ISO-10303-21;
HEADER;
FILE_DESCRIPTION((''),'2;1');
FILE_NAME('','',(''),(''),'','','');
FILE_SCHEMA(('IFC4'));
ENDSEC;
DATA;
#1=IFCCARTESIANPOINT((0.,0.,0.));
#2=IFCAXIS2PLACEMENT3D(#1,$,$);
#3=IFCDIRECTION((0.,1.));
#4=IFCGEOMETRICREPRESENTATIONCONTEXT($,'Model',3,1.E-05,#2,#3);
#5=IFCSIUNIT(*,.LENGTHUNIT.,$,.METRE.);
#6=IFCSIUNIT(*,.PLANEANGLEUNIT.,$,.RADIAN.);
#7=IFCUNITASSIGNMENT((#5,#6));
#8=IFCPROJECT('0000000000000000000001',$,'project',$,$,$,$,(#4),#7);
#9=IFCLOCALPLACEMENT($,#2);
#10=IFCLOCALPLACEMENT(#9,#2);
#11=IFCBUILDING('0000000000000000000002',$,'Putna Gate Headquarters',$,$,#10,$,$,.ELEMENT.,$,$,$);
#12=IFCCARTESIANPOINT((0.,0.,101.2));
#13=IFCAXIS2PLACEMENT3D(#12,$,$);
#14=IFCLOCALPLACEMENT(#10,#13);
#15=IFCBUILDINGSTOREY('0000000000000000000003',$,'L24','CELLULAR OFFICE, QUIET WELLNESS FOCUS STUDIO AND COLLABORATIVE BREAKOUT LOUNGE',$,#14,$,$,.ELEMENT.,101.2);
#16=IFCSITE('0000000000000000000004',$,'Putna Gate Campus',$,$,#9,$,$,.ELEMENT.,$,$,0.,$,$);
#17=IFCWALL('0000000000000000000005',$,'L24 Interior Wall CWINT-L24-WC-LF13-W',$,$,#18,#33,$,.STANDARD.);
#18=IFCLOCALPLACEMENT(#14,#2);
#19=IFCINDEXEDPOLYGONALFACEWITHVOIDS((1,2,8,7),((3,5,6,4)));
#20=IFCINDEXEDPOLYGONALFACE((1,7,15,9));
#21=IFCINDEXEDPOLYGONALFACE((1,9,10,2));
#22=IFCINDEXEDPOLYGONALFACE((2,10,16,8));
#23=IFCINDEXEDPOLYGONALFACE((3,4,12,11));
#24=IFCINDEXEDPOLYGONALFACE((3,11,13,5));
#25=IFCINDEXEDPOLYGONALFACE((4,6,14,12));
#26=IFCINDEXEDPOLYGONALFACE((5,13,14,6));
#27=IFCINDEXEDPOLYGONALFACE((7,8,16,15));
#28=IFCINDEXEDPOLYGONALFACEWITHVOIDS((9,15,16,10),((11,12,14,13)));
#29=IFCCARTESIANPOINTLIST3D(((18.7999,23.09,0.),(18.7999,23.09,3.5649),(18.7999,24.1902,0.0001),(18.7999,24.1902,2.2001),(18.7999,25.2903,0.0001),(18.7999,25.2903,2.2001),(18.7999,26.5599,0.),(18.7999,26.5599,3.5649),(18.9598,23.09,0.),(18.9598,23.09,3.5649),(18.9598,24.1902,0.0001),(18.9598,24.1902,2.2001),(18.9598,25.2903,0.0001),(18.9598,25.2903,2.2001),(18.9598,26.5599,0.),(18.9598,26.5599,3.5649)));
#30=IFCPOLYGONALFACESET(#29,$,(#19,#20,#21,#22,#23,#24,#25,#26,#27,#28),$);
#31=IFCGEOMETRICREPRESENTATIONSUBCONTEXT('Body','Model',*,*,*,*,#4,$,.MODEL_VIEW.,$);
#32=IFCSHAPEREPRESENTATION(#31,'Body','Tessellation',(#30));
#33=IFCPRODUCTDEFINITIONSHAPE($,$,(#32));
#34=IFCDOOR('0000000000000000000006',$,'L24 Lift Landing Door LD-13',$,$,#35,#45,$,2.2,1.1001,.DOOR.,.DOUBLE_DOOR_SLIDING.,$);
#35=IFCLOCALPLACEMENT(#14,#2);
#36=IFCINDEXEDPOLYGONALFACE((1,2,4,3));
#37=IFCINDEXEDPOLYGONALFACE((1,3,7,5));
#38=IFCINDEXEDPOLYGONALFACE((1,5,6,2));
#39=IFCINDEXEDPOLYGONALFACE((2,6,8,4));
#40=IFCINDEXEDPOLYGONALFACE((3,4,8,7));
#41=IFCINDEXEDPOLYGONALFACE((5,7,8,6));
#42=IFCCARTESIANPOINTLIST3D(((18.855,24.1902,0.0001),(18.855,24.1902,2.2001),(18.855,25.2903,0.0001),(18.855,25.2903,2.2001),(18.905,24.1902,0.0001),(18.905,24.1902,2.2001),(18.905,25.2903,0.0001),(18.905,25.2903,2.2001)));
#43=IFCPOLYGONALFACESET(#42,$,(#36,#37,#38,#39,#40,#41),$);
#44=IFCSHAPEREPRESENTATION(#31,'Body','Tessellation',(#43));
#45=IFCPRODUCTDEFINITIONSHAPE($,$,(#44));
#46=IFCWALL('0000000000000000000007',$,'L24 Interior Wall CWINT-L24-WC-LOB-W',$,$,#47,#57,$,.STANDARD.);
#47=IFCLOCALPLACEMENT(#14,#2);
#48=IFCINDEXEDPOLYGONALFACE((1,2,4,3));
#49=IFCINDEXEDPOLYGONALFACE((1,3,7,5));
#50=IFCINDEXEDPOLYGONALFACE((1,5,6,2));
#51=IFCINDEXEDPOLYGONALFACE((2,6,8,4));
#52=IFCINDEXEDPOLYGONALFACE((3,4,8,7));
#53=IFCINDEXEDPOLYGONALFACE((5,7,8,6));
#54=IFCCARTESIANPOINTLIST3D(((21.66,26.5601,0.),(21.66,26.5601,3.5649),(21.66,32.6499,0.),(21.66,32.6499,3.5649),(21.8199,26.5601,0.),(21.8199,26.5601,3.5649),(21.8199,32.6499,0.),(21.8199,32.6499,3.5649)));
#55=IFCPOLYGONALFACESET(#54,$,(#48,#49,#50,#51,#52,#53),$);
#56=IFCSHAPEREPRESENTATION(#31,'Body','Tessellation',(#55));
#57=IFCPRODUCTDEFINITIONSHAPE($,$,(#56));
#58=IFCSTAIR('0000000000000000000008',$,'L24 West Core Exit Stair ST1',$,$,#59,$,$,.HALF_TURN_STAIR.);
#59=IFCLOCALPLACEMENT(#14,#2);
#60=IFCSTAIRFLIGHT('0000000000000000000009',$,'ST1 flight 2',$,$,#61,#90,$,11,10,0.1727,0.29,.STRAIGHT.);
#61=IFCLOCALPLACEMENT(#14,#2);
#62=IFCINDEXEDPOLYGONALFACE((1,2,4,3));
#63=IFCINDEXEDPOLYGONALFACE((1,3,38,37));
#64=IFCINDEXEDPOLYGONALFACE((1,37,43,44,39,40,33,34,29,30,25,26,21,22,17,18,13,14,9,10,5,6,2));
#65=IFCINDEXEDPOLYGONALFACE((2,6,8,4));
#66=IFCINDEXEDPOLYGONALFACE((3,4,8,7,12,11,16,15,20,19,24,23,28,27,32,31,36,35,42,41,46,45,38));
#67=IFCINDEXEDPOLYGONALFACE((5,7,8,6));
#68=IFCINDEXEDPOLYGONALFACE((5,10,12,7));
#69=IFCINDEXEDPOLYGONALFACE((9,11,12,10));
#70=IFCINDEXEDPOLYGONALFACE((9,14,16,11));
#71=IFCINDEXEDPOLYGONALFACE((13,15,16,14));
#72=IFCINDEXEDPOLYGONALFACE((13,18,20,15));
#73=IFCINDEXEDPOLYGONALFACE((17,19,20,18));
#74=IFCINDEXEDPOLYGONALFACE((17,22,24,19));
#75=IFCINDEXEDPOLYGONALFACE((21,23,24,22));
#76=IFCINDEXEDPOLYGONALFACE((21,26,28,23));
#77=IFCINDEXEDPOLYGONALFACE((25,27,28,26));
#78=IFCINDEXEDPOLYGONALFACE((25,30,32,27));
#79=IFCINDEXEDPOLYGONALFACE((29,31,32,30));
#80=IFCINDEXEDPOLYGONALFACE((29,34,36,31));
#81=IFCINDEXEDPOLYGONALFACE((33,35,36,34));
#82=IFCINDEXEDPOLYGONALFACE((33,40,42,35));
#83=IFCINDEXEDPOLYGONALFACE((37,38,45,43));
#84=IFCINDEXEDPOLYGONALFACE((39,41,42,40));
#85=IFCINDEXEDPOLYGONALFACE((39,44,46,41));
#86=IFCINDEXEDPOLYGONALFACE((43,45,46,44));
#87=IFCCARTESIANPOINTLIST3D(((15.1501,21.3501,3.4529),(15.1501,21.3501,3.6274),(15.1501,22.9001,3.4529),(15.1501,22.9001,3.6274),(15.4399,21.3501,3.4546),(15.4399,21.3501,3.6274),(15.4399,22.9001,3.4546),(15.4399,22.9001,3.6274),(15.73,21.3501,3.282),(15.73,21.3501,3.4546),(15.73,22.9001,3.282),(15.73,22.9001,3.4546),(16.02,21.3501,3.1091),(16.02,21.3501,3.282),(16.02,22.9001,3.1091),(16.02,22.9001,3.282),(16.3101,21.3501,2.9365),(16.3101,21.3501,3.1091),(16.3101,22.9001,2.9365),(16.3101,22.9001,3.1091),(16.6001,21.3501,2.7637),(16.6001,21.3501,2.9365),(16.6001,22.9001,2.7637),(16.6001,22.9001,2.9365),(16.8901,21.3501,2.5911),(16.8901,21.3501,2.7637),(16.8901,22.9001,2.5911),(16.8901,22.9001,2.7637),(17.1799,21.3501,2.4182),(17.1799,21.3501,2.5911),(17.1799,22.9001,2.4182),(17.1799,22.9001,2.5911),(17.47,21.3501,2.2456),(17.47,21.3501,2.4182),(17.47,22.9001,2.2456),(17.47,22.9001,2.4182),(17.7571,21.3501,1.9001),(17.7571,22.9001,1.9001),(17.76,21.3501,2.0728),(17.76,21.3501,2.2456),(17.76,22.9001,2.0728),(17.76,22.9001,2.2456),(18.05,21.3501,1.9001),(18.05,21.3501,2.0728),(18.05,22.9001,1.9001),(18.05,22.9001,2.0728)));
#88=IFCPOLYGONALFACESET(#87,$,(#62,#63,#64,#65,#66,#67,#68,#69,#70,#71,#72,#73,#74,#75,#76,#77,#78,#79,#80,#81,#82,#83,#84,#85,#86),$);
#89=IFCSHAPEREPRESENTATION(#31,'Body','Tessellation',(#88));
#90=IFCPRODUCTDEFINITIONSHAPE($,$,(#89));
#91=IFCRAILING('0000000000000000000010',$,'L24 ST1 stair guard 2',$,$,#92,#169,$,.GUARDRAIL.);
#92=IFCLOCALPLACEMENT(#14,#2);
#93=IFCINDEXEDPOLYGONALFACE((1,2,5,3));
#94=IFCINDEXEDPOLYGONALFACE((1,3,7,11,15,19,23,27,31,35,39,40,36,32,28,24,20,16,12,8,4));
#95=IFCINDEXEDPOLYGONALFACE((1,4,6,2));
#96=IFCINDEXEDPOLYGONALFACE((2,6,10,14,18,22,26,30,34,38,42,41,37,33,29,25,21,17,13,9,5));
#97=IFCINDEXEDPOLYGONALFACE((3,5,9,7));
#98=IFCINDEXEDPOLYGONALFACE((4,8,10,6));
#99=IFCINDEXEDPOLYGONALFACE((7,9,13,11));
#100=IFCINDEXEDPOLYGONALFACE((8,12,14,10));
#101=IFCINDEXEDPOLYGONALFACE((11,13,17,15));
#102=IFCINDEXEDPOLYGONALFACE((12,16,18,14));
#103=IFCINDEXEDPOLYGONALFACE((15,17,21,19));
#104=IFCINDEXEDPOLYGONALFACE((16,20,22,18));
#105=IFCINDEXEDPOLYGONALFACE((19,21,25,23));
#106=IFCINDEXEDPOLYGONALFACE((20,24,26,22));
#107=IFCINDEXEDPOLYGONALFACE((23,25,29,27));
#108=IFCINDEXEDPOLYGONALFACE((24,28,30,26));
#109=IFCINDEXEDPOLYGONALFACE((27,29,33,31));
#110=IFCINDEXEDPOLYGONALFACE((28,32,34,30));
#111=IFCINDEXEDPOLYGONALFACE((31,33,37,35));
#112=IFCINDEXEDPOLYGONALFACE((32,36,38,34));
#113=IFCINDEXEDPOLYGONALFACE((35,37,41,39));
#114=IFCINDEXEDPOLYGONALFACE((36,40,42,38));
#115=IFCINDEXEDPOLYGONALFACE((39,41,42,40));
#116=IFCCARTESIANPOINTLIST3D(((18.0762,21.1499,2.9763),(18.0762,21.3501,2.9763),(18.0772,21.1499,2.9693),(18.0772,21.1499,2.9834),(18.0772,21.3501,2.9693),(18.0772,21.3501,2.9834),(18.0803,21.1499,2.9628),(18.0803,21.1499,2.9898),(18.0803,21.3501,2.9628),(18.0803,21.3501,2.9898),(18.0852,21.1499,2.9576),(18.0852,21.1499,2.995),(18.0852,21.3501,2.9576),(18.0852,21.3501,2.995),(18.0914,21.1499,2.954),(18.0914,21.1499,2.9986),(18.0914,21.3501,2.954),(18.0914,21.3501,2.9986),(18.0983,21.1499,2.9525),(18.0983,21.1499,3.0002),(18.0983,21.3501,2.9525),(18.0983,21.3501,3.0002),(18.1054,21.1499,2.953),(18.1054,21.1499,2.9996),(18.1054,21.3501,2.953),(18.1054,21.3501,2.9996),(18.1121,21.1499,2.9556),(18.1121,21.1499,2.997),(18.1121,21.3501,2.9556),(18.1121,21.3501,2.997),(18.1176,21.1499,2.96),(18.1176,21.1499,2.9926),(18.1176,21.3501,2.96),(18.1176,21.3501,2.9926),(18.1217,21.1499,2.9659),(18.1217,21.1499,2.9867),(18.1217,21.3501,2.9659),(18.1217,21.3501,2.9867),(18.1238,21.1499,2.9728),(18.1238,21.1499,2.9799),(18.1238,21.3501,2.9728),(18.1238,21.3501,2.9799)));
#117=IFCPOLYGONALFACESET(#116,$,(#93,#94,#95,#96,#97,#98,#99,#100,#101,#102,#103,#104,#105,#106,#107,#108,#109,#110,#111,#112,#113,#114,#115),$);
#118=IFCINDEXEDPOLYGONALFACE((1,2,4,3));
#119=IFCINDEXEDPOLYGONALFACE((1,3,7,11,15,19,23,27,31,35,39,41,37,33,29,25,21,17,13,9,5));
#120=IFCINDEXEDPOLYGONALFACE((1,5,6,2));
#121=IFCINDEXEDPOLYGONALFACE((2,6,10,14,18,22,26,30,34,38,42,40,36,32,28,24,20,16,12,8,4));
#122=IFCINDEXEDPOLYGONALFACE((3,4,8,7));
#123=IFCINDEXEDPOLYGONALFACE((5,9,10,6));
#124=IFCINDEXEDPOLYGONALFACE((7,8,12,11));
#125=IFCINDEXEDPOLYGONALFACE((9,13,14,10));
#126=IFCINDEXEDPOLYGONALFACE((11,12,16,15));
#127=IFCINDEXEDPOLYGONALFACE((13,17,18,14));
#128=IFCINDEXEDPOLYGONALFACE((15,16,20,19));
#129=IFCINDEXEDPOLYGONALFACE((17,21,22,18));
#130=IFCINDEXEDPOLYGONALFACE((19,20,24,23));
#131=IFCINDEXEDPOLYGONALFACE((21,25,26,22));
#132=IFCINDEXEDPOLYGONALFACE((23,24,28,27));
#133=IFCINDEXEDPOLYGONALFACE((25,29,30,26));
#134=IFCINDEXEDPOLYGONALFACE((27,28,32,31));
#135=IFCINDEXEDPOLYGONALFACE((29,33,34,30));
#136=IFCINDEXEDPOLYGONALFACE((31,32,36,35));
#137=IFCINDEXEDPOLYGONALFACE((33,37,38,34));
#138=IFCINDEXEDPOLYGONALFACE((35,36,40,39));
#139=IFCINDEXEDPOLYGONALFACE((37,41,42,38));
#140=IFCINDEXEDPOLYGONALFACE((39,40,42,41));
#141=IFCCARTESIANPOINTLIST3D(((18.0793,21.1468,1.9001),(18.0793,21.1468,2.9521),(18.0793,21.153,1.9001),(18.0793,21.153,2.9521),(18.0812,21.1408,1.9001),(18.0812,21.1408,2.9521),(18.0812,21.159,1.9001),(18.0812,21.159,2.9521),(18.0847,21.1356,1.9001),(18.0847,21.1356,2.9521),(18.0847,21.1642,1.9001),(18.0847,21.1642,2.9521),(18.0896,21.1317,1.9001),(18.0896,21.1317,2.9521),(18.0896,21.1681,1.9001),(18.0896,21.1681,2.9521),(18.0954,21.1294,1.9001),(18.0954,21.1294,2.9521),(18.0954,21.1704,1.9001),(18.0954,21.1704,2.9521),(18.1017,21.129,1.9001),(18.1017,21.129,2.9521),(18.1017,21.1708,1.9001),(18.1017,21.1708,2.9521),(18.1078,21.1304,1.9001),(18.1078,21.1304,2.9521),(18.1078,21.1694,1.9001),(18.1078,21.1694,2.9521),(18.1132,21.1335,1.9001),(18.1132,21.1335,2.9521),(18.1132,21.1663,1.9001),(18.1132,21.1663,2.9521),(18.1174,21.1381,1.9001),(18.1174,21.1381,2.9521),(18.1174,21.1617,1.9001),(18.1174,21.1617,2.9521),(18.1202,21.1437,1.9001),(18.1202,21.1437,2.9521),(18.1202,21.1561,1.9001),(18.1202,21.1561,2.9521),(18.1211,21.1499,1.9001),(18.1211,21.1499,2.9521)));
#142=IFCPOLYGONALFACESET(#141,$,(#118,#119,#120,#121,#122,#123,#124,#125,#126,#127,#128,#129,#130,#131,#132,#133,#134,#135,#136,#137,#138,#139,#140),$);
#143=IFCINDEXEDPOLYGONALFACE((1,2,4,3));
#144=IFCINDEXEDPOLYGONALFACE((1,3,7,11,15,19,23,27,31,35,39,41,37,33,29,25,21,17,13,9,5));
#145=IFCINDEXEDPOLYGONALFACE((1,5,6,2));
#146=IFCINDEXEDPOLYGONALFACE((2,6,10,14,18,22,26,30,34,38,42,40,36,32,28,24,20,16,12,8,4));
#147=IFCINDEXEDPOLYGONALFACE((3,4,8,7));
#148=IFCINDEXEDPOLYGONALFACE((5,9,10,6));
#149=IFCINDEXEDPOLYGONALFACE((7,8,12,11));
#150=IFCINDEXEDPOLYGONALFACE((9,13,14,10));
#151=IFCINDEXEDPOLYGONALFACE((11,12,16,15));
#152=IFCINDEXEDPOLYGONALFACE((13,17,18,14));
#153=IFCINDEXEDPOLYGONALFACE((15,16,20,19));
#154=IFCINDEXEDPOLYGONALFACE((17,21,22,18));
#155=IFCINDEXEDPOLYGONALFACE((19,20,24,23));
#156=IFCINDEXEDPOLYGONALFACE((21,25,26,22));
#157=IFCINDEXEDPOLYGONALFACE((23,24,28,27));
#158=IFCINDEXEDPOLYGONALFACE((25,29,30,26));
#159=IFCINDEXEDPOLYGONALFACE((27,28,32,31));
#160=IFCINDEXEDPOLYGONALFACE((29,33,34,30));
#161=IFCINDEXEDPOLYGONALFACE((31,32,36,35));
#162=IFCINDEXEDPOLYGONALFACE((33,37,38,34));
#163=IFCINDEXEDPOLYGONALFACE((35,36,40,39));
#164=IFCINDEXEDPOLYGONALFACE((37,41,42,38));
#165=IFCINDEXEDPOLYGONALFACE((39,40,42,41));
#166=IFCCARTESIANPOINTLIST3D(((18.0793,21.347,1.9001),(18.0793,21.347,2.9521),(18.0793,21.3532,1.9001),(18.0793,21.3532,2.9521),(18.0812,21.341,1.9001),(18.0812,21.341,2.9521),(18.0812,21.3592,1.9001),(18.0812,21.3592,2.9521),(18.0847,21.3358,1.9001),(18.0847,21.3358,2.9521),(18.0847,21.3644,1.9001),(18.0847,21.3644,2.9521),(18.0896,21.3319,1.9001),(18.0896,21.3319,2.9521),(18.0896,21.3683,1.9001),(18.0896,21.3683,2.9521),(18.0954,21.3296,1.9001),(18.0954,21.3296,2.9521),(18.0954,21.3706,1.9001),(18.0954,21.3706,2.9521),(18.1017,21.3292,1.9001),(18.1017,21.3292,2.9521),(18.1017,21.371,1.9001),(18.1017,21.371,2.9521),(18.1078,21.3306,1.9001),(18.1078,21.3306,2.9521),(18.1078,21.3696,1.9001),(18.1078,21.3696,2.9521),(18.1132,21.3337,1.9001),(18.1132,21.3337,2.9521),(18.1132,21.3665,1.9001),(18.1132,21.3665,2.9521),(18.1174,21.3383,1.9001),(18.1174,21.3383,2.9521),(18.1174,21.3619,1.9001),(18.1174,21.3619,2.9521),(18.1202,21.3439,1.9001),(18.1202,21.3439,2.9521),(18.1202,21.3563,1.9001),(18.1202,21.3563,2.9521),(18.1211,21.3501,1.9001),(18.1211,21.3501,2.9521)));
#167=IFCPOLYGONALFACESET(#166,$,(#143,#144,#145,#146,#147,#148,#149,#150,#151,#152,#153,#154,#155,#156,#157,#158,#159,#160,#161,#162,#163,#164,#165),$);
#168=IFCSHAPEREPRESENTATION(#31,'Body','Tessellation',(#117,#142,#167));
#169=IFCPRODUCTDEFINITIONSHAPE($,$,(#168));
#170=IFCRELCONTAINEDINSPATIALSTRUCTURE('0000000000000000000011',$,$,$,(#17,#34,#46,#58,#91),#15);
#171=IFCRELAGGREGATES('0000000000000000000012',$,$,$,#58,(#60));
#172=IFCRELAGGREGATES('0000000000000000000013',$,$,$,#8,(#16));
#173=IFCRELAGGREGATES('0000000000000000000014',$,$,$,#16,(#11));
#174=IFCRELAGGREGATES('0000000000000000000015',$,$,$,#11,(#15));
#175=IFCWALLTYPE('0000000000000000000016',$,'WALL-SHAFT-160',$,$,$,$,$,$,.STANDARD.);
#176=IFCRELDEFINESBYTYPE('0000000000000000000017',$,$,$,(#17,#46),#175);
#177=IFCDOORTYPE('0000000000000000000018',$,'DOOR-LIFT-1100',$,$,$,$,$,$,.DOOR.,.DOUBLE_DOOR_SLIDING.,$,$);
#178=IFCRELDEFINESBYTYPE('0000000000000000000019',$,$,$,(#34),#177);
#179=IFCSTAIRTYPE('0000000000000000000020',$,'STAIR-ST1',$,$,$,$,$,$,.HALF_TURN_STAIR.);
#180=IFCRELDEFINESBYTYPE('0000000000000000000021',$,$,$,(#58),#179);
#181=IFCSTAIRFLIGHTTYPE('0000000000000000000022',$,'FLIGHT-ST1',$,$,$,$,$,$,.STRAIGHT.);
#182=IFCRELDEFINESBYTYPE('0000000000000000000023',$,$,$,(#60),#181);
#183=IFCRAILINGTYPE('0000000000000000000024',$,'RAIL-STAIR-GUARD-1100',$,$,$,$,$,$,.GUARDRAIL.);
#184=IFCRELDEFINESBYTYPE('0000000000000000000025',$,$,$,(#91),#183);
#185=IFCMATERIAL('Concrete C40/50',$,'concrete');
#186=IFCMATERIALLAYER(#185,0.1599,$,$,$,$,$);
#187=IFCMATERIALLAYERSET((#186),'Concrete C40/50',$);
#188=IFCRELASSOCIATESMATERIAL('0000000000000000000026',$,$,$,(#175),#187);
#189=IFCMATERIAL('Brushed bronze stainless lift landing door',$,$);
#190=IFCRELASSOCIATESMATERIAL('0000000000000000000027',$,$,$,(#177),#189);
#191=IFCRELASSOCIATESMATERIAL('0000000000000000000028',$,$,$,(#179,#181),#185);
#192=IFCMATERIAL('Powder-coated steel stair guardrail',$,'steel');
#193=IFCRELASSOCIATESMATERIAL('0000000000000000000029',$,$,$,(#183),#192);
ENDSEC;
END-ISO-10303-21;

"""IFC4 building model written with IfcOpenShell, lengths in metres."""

from ifc_helpers import new_model, si_unit, direction, frame, frame_2d, origin, origin_2d, place, context, subcontext, project, spatial, polyline, rectangle, circle, outline, extrude, material, layer, layer_set, type_object, element, fill, aggregate, save


model = new_model("IFC4")

# Units and contexts
model_context = context("Model", 3, precision=1e-05, world=origin(), true_north=direction((0.0, 1.0)))
body_context = subcontext(model_context, "Body", "Model", "MODEL_VIEW")
ifc_project = project(units=[si_unit("LENGTHUNIT", "METRE"), si_unit("PLANEANGLEUNIT", "RADIAN")], contexts=[model_context])

# Site, building, storey
site_placement = place(None, origin())
site = spatial("IfcSite", under=ifc_project, at=site_placement, Name="Putna Gate Campus", CompositionType="ELEMENT", RefElevation=0.0)
building_placement = place(site_placement, origin())
building = spatial("IfcBuilding", under=site, at=building_placement, Name="Putna Gate Headquarters", CompositionType="ELEMENT")
storey_placement = place(building_placement, frame((0.0, 0.0, 101.2)))
storey = spatial("IfcBuildingStorey", under=building, at=storey_placement, Name="L24", Description="CELLULAR OFFICE, QUIET WELLNESS FOCUS STUDIO AND COLLABORATIVE BREAKOUT LOUNGE", CompositionType="ELEMENT", Elevation=101.2)

# Shared definitions
ifc_material_1 = material(Name="Concrete C40/50", Category="concrete")
ifc_layer_1 = layer(ifc_material_1, 0.1599)
ifc_layer_set_1 = layer_set([ifc_layer_1], Name="Concrete C40/50")
wall_type_1 = type_object("IfcWallType", Name="WALL-SHAFT-160", PredefinedType="STANDARD", material=ifc_layer_set_1)

# Wall, opening, door
wall_1_placement = place(storey_placement, frame((18.8799, 23.0901, 0.0), z_axis=(0.0, 0.0, 1.0), x_axis=(0.0, 1.0, 0.0)))
wall_1 = element("IfcWall", 1, at=wall_1_placement, inside=storey, type_object=wall_type_1, Name="L24 Interior Wall CWINT-L24-WC-LF13-W", PredefinedType="STANDARD", context=body_context, shape_type="SweptSolid", body=[
    extrude(rectangle(XDim=3.47, YDim=0.1599, at=frame_2d((1.7349, 0.0))), origin(), (0.0, 0.0, 1.0), 3.5649),
])
opening_1_placement = place(wall_1_placement, frame((1.1001, 0.0, 0.0)))
opening_1 = element("IfcOpeningElement", 2, at=opening_1_placement, cuts=wall_1, PredefinedType="OPENING", context=body_context, shape_type="SweptSolid", body=[
    extrude(rectangle(XDim=1.1001, YDim=2.2, at=frame_2d((0.55, 1.1001))), frame((0.0, 0.0898, 0.0), z_axis=(0.0, -1.0, 0.0), x_axis=(1.0, 0.0, 0.0)), (0.0, 0.0, 1.0), 0.1799),
])
ifc_material_2 = material(Name="Brushed bronze stainless lift landing door")
door_type_1 = type_object("IfcDoorType", Name="DOOR-LIFT-1100", OperationType="DOUBLE_DOOR_SLIDING", PredefinedType="DOOR", material=ifc_material_2)
door_1_placement = place(opening_1_placement, origin())
door_1 = element("IfcDoor", 3, at=door_1_placement, inside=storey, type_object=door_type_1, Name="L24 Lift Landing Door LD-13", OperationType="DOUBLE_DOOR_SLIDING", OverallHeight=2.2, OverallWidth=1.1001, PredefinedType="DOOR", context=body_context, shape_type="SweptSolid", body=[
    extrude(rectangle(XDim=1.1001, YDim=2.2, at=frame_2d((0.55, 1.1001))), frame((0.0, 0.0249, 0.0), z_axis=(0.0, -1.0, 0.0), x_axis=(1.0, 0.0, 0.0)), (0.0, 0.0, 1.0), 0.05),
])
fill(opening_1, door_1)

# Wall
wall_2_placement = place(storey_placement, frame((21.74, 26.5601, 0.0), z_axis=(0.0, 0.0, 1.0), x_axis=(0.0, 1.0, 0.0)))
element("IfcWall", 4, at=wall_2_placement, inside=storey, type_object=wall_type_1, Name="L24 Interior Wall CWINT-L24-WC-LOB-W", PredefinedType="STANDARD", context=body_context, shape_type="SweptSolid", body=[
    extrude(rectangle(XDim=6.0898, YDim=0.1599, at=frame_2d((3.0449, 0.0))), origin(), (0.0, 0.0, 1.0), 3.5649),
])

# Stair, stair flight
stair_type = type_object("IfcStairType", Name="STAIR-ST1", PredefinedType="HALF_TURN_STAIR", material=ifc_material_1)
stair_placement = place(storey_placement, origin())
stair = element("IfcStair", 5, at=stair_placement, inside=storey, type_object=stair_type, Name="L24 West Core Exit Stair ST1", PredefinedType="HALF_TURN_STAIR")
stair_flight_type = type_object("IfcStairFlightType", Name="FLIGHT-ST1", PredefinedType="STRAIGHT", material=ifc_material_1)
stair_flight_placement = place(storey_placement, frame((18.05, 22.125, 1.9001), z_axis=(0.0, 0.0, 1.0), x_axis=(-1.0, 0.0, 0.0)))
stair_flight = element("IfcStairFlight", 6, at=stair_flight_placement, type_object=stair_flight_type, Name="ST1 flight 2", NumberOfRisers=11, NumberOfTreads=10, PredefinedType="STRAIGHT", RiserHeight=0.1727, TreadLength=0.29, context=body_context, shape_type="SweptSolid", body=[
    extrude(outline(polyline([(0.0, 0.0), (0.0, 0.1726), (0.29, 0.1726), (0.29, 0.3455), (0.5801, 0.3455), (0.5801, 0.5181), (0.8701, 0.5181), (0.8701, 0.6909), (1.1599, 0.6909), (1.1599, 0.8635), (1.45, 0.8635), (1.45, 1.0364), (1.74, 1.0364), (1.74, 1.209), (2.03, 1.209), (2.03, 1.3818), (2.3201, 1.3818), (2.3201, 1.5544), (2.6101, 1.5544), (2.6101, 1.7273), (2.8999, 1.7273), (2.8999, 1.8999), (2.8999, 1.5527), (0.293, 0.0), (0.0, 0.0)])), frame((0.0, 0.7749, 0.0), z_axis=(0.0, -1.0, 0.0), x_axis=(1.0, 0.0, 0.0)), (0.0, 0.0, 1.0), 1.55),
])
aggregate(stair, [stair_flight])

# Railing
ifc_material_3 = material(Name="Powder-coated steel stair guardrail", Category="steel")
railing_type_1 = type_object("IfcRailingType", Name="RAIL-STAIR-GUARD-1100", PredefinedType="GUARDRAIL", material=ifc_material_3)
railing_1_placement = place(storey_placement, frame((18.1001, 21.1499, 1.9001)))
element("IfcRailing", 7, at=railing_1_placement, inside=storey, type_object=railing_type_1, Name="L24 ST1 stair guard 2", PredefinedType="GUARDRAIL", context=body_context, shape_type="SweptSolid", body=[
    extrude(circle(Radius=0.0239, at=origin_2d()), frame((0.0, 0.0, 1.0762), z_axis=(0.0, 1.0, 0.0), x_axis=(-1.0, 0.0, 0.0)), (0.0, 0.0, 1.0), 0.2002),
    extrude(circle(Radius=0.021, at=origin_2d()), origin(), (0.0, 0.0, 1.0), 1.052),
    extrude(circle(Radius=0.021, at=origin_2d()), frame((0.0, 0.2002, 0.0)), (0.0, 0.0, 1.0), 1.052),
])

save(model, "model.ifc")
